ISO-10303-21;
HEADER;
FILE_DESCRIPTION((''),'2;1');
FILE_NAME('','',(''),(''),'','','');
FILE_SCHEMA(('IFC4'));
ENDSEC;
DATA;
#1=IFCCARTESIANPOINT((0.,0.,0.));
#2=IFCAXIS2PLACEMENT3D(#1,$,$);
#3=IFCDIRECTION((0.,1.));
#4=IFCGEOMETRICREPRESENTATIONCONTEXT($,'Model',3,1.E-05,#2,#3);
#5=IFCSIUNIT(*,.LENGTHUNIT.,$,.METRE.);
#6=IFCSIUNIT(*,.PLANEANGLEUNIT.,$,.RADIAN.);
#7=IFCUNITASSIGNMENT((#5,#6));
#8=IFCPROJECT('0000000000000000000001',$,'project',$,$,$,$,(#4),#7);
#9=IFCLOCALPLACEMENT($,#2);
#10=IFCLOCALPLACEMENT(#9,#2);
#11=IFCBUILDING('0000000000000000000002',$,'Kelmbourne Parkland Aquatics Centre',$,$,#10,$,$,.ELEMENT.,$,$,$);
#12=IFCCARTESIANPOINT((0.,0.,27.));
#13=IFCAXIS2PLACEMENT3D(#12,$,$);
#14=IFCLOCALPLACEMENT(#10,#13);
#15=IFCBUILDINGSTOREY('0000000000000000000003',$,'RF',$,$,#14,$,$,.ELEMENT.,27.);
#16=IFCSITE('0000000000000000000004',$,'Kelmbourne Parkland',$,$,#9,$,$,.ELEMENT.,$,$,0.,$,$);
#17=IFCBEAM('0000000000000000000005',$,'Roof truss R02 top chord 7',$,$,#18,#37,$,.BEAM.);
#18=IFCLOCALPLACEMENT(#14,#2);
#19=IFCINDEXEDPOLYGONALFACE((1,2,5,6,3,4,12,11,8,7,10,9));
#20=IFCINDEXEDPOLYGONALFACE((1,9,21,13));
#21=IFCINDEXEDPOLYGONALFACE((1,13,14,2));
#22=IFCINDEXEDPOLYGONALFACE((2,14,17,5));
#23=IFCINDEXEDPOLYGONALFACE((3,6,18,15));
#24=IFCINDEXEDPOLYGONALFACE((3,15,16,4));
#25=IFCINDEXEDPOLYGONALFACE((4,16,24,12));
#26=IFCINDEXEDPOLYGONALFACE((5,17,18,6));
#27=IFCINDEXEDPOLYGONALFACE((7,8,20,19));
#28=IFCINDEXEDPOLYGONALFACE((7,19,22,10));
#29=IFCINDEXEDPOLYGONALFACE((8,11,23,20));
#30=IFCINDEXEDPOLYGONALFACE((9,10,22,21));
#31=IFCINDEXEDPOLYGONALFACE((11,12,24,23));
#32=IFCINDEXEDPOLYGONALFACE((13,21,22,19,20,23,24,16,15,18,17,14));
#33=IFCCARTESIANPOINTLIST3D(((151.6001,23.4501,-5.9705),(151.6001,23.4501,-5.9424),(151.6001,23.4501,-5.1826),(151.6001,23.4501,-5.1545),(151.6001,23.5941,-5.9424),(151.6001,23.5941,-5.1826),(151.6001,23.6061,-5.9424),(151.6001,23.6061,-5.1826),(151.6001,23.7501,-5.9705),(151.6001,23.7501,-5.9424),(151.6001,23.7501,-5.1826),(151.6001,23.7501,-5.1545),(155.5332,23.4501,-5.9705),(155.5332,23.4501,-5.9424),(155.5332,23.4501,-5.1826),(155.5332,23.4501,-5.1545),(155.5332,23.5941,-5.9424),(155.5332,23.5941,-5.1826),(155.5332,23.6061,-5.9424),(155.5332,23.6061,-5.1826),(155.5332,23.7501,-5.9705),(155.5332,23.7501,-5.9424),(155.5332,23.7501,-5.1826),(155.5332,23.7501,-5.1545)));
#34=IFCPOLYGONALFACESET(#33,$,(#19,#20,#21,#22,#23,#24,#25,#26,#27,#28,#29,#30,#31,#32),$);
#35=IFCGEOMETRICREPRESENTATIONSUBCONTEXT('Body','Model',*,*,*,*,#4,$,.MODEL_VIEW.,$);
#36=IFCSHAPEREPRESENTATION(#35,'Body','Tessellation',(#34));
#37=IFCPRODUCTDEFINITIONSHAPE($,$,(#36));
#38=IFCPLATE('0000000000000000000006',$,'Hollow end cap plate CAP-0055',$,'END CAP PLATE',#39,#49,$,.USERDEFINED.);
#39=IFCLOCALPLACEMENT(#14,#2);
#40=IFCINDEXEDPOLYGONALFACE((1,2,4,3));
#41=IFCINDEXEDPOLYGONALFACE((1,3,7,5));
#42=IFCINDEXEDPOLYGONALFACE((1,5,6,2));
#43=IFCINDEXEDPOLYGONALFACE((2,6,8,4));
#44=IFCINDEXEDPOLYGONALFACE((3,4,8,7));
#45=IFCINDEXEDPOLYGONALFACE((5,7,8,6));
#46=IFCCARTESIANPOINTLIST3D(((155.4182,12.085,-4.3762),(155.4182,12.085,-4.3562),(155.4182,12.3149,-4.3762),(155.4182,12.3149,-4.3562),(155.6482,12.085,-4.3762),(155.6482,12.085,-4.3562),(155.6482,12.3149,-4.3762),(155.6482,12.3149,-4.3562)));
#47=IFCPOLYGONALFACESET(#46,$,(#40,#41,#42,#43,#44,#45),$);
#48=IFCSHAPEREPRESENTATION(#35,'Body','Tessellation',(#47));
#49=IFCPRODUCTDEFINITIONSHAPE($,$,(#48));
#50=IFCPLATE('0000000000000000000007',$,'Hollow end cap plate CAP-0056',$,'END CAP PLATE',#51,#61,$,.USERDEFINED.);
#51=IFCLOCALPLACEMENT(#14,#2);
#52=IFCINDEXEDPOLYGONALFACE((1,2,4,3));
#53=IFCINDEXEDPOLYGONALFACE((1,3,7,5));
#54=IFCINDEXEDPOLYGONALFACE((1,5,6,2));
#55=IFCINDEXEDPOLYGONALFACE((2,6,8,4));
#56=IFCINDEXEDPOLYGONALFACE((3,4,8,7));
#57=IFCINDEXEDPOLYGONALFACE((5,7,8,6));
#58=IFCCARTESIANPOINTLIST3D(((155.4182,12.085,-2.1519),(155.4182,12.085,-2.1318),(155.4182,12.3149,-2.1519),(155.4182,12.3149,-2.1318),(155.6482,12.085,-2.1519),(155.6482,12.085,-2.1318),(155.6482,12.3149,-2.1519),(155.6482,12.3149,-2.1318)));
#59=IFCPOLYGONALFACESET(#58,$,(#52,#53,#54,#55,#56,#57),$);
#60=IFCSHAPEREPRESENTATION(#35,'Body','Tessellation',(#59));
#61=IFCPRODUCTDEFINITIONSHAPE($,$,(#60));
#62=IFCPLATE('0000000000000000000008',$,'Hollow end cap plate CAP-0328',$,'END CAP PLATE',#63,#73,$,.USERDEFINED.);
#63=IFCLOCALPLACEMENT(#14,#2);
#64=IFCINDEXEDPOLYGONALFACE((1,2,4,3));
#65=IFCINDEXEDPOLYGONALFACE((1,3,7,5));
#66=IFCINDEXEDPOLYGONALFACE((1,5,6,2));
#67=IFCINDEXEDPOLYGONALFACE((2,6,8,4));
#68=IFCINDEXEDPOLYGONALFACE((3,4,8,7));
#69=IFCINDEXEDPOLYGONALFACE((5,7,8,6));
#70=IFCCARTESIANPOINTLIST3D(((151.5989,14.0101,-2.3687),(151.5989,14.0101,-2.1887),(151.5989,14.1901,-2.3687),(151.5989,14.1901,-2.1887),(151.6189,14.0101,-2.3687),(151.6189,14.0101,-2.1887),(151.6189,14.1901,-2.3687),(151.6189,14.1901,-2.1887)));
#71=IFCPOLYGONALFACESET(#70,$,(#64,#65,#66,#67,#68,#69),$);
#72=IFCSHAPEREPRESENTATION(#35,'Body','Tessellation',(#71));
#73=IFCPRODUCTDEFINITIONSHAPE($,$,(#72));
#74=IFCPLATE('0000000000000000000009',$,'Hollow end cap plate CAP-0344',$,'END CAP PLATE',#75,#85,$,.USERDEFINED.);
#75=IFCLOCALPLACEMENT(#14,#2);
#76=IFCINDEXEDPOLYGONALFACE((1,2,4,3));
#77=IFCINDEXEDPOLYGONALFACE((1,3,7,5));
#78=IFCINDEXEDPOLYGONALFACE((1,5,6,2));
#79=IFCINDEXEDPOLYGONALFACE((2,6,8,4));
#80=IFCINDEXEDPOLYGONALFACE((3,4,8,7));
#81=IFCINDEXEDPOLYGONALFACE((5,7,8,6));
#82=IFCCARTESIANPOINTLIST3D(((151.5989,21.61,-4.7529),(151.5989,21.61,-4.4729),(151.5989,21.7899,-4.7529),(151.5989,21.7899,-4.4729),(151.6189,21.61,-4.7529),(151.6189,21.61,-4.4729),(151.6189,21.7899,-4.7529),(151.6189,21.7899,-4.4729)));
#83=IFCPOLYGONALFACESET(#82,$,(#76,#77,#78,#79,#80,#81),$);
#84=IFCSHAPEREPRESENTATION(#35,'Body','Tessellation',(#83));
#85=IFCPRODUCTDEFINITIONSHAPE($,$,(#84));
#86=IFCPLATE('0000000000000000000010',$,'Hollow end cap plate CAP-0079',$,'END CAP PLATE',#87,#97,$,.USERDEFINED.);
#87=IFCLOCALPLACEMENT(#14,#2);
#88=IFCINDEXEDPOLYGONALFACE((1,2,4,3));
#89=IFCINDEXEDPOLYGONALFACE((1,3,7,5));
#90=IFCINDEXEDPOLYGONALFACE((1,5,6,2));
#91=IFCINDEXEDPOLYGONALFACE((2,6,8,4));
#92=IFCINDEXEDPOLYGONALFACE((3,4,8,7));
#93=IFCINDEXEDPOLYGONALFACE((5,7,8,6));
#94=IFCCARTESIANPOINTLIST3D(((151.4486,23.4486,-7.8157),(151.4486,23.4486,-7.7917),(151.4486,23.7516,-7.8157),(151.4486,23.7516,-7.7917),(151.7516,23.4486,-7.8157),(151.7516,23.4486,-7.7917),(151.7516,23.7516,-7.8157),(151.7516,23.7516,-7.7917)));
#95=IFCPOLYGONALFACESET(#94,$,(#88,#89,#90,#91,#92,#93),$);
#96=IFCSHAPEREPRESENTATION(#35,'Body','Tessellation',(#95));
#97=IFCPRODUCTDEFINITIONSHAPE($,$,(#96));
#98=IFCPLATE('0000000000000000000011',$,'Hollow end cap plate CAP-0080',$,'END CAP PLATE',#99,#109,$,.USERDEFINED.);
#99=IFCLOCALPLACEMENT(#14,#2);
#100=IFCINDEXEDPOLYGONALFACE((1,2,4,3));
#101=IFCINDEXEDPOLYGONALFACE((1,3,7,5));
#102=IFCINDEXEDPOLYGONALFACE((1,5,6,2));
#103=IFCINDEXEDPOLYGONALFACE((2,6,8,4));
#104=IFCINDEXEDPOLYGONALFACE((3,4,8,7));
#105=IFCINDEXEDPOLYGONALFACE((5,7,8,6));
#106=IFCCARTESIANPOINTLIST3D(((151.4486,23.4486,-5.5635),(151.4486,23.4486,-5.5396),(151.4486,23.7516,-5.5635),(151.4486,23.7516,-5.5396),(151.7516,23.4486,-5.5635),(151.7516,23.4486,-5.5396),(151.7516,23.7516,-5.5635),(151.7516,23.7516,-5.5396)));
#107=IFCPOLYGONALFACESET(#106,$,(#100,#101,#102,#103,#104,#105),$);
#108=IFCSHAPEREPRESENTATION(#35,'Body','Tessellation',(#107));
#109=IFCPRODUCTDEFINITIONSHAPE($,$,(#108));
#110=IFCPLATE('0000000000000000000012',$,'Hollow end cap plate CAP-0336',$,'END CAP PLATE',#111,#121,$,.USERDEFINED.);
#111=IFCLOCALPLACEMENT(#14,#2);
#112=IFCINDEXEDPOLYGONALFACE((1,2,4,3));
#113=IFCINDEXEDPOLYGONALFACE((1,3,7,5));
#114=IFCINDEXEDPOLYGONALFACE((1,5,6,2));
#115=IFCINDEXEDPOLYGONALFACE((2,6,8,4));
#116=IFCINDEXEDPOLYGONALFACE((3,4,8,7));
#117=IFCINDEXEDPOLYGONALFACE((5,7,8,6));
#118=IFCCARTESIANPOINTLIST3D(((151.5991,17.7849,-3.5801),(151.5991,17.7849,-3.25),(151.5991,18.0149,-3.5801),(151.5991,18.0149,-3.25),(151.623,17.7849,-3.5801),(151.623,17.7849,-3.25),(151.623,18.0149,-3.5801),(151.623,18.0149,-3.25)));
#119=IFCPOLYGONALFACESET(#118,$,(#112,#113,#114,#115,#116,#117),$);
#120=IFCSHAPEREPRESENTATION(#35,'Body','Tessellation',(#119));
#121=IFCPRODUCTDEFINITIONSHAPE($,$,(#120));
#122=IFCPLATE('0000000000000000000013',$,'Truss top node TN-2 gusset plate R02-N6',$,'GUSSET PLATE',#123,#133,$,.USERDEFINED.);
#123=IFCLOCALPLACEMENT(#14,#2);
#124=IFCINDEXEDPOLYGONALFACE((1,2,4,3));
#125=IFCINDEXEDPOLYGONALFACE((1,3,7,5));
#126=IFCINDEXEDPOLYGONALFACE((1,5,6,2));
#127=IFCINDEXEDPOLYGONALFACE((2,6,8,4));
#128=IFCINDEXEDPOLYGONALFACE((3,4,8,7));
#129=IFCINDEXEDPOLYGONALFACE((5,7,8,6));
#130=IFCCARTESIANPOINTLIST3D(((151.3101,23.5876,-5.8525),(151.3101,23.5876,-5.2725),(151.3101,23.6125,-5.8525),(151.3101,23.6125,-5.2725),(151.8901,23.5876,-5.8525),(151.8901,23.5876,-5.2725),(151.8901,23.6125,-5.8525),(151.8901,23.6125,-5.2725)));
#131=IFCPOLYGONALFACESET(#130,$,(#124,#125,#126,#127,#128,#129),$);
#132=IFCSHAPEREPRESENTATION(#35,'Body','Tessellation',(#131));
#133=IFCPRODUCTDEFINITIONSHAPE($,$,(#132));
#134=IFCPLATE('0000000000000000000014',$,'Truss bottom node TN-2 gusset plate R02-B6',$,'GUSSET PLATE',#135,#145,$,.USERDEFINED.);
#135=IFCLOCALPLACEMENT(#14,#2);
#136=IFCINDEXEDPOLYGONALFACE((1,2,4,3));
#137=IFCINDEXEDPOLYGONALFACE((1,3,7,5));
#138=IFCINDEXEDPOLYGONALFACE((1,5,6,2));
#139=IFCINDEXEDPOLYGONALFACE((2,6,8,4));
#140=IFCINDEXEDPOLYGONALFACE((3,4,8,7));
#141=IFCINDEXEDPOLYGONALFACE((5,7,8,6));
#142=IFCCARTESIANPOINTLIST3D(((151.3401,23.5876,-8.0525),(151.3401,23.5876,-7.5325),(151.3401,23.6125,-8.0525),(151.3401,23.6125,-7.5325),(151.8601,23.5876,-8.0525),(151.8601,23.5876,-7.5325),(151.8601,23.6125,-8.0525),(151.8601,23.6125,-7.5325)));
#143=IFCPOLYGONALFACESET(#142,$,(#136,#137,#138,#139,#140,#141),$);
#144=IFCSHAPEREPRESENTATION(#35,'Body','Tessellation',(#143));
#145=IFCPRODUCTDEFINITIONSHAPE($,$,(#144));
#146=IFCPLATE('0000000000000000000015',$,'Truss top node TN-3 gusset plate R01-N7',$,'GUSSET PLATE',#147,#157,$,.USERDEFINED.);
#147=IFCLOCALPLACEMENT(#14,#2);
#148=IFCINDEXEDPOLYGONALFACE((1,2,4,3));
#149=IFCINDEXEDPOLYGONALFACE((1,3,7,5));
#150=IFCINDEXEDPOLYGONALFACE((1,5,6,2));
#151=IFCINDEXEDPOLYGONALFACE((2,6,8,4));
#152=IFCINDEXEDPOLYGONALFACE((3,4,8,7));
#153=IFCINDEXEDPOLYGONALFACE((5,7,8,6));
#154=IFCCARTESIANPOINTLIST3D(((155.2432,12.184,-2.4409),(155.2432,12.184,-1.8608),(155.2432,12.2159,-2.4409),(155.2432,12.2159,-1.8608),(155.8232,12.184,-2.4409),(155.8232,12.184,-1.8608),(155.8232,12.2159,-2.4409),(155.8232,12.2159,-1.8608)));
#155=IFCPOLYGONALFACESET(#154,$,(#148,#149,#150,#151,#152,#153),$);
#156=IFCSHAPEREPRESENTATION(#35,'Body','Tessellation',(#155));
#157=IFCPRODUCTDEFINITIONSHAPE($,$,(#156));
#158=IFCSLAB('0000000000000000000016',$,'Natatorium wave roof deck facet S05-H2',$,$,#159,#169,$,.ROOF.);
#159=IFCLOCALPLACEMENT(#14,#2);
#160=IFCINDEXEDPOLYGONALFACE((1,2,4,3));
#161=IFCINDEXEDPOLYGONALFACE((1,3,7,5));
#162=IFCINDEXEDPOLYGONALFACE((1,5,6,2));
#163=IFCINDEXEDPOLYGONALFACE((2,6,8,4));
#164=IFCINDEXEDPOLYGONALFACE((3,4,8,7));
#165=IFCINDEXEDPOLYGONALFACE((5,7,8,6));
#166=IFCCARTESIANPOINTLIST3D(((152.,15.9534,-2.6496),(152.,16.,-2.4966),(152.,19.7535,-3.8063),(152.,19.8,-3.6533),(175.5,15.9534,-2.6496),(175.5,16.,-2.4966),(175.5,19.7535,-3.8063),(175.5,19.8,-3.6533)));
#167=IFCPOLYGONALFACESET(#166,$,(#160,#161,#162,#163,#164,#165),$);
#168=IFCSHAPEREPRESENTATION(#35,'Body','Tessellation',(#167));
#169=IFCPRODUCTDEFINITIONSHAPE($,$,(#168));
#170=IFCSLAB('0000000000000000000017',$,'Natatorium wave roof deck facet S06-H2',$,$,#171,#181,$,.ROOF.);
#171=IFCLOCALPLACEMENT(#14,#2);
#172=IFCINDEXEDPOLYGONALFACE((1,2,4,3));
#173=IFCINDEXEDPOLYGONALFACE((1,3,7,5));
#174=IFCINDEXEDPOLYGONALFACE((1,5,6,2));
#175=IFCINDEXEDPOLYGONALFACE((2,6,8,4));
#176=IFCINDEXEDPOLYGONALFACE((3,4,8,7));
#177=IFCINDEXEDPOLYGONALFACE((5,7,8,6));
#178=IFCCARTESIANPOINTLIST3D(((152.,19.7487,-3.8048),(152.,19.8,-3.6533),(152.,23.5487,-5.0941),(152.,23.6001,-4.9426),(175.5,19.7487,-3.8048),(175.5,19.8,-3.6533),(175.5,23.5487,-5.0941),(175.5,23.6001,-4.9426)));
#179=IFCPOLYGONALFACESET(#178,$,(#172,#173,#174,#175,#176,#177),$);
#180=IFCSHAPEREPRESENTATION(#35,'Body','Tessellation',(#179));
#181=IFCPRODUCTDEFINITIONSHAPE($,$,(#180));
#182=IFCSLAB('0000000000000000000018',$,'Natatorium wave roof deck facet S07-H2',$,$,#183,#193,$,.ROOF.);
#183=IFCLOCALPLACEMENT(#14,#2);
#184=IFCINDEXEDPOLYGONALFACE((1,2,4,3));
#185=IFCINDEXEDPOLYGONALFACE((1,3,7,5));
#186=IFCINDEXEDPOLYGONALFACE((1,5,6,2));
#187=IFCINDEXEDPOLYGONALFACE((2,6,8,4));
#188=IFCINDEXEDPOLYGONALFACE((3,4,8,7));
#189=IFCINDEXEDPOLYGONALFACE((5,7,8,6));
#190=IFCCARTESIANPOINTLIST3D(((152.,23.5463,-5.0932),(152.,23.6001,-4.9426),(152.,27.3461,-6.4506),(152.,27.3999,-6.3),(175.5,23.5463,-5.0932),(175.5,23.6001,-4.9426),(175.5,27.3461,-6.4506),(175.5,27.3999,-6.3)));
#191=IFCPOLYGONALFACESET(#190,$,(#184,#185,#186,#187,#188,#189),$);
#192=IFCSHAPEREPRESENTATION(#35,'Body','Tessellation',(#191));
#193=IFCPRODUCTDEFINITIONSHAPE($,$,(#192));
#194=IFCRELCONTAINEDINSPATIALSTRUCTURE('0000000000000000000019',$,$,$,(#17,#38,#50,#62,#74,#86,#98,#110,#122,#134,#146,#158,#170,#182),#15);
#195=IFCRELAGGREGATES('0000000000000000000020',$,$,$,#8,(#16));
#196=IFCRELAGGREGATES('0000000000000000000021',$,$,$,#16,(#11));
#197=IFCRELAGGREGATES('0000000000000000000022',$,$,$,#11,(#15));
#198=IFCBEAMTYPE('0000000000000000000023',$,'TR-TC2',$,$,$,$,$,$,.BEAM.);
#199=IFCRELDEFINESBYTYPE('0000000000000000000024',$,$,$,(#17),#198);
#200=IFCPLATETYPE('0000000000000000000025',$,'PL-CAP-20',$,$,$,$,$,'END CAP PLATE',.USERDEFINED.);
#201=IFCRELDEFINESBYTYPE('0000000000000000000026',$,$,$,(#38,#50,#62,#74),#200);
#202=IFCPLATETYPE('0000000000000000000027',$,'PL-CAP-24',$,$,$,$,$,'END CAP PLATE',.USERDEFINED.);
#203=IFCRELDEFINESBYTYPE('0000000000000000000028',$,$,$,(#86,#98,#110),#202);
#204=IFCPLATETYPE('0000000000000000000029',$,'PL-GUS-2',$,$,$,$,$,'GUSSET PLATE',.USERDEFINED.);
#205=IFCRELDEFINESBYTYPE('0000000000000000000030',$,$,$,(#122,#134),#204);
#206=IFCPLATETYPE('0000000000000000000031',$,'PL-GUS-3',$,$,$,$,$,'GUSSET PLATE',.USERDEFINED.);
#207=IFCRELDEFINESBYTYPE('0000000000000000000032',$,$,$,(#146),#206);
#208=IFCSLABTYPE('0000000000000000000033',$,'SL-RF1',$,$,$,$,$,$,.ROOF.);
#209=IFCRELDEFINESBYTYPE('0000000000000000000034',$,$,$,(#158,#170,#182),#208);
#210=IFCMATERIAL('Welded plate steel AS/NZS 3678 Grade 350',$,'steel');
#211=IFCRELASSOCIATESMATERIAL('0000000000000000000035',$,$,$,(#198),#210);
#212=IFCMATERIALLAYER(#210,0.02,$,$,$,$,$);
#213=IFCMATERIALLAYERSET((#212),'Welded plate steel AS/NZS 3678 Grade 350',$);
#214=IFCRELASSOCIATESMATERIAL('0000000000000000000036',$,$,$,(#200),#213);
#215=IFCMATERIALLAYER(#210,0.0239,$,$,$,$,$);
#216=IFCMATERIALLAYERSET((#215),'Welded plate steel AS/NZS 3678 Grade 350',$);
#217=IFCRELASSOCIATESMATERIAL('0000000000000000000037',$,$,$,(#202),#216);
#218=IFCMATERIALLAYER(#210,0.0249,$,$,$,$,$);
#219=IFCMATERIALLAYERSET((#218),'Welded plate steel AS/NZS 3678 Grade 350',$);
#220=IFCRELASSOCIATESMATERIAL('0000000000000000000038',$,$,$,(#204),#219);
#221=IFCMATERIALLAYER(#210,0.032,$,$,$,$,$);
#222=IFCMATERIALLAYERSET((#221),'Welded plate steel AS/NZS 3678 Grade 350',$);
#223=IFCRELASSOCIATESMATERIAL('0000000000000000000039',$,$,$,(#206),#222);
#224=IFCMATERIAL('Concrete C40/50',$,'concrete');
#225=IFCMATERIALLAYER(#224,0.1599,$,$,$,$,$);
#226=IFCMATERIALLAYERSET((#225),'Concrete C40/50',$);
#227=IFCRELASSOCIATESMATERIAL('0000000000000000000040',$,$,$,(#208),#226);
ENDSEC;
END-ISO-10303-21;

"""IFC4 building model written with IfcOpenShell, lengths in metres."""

from ifc_helpers import new_model, si_unit, direction, frame, origin, origin_2d, place, context, subcontext, project, spatial, polyline, rectangle, i_section, outline, extrude, material, layer, layer_set, material_profile, profile_set, type_object, element, save


model = new_model("IFC4")

# Units and contexts
model_context = context("Model", 3, precision=1e-05, world=origin(), true_north=direction((0.0, 1.0)))
body_context = subcontext(model_context, "Body", "Model", "MODEL_VIEW")
ifc_project = project(units=[si_unit("LENGTHUNIT", "METRE"), si_unit("PLANEANGLEUNIT", "RADIAN")], contexts=[model_context])

# Site, building, storey
site_placement = place(None, origin())
site = spatial("IfcSite", under=ifc_project, at=site_placement, Name="Kelmbourne Parkland", CompositionType="ELEMENT", RefElevation=0.0)
building_placement = place(site_placement, origin())
building = spatial("IfcBuilding", under=site, at=building_placement, Name="Kelmbourne Parkland Aquatics Centre", CompositionType="ELEMENT")
storey_placement = place(building_placement, frame((0.0, 0.0, 27.0)))
storey = spatial("IfcBuildingStorey", under=building, at=storey_placement, Name="RF", CompositionType="ELEMENT", Elevation=27.0)

# Beam
ifc_material_1 = material(Name="Welded plate steel AS/NZS 3678 Grade 350", Category="steel")
ifc_material_profile_1 = material_profile(ifc_material_1, i_section(OverallWidth=0.3, OverallDepth=0.8159, WebThickness=0.012, FlangeThickness=0.0281, at=origin_2d()), Name="800WB192")
ifc_profile_set_1 = profile_set([ifc_material_profile_1], Name="Welded plate steel AS/NZS 3678 Grade 350")
beam_type_1 = type_object("IfcBeamType", Name="TR-TC2", PredefinedType="BEAM", material=ifc_profile_set_1)
beam_1_placement = place(storey_placement, frame((151.6001, 23.6001, -5.5625), z_axis=(1.0, 0.0, 0.0), x_axis=(0.0, 1.0, 0.0)))
element("IfcBeam", 1, at=beam_1_placement, inside=storey, type_object=beam_type_1, Name="Roof truss R02 top chord 7", PredefinedType="BEAM", context=body_context, shape_type="SweptSolid", body=[
    extrude(i_section(OverallWidth=0.3, OverallDepth=0.8159, WebThickness=0.012, FlangeThickness=0.0281, at=origin_2d()), origin(), (0.0, 0.0, 1.0), 3.9331),
])

# Plates
ifc_layer_1 = layer(ifc_material_1, 0.02)
ifc_layer_set_1 = layer_set([ifc_layer_1], Name="Welded plate steel AS/NZS 3678 Grade 350")
plate_type_1 = type_object("IfcPlateType", Name="PL-CAP-20", ElementType="END CAP PLATE", PredefinedType="USERDEFINED", material=ifc_layer_set_1)
for number, where, z_axis, x_axis, name in (
    (2, (155.5332, 12.2, -4.3762), (0.0, 0.0, 1.0), (1.0, 0.0, 0.0), "Hollow end cap plate CAP-0055"),
    (3, (155.5332, 12.2, -2.1519), (0.0, 0.0, 1.0), (1.0, 0.0, 0.0), "Hollow end cap plate CAP-0056"),
):
    element("IfcPlate", number, at=place(storey_placement, frame(where, z_axis=z_axis, x_axis=x_axis)), inside=storey, type_object=plate_type_1, Name=name, ObjectType="END CAP PLATE", PredefinedType="USERDEFINED", context=body_context, shape_type="SweptSolid", body=[
        extrude(rectangle(XDim=0.23, YDim=0.23, at=origin_2d()), origin(), (0.0, 0.0, 1.0), 0.02),
    ])
plate_1_placement = place(storey_placement, frame((151.6089, 14.1001, -2.3687), z_axis=(0.0, 0.0, 1.0), x_axis=(1.0, 0.0, 0.0)))
element("IfcPlate", 4, at=plate_1_placement, inside=storey, type_object=plate_type_1, Name="Hollow end cap plate CAP-0328", ObjectType="END CAP PLATE", PredefinedType="USERDEFINED", context=body_context, shape_type="SweptSolid", body=[
    extrude(rectangle(XDim=0.02, YDim=0.1799, at=origin_2d()), origin(), (0.0, 0.0, 1.0), 0.1799),
])
plate_2_placement = place(storey_placement, frame((151.6089, 21.7, -4.7529), z_axis=(0.0, 0.0, 1.0), x_axis=(1.0, 0.0, 0.0)))
element("IfcPlate", 5, at=plate_2_placement, inside=storey, type_object=plate_type_1, Name="Hollow end cap plate CAP-0344", ObjectType="END CAP PLATE", PredefinedType="USERDEFINED", context=body_context, shape_type="SweptSolid", body=[
    extrude(rectangle(XDim=0.02, YDim=0.1799, at=origin_2d()), origin(), (0.0, 0.0, 1.0), 0.28),
])
ifc_layer_2 = layer(ifc_material_1, 0.0239)
ifc_layer_set_2 = layer_set([ifc_layer_2], Name="Welded plate steel AS/NZS 3678 Grade 350")
plate_type_2 = type_object("IfcPlateType", Name="PL-CAP-24", ElementType="END CAP PLATE", PredefinedType="USERDEFINED", material=ifc_layer_set_2)
for number, where, z_axis, x_axis, name in (
    (6, (151.6001, 23.6001, -7.8157), (0.0, 0.0, 1.0), (1.0, 0.0, 0.0), "Hollow end cap plate CAP-0079"),
    (7, (151.6001, 23.6001, -5.5635), (0.0, 0.0, 1.0), (1.0, 0.0, 0.0), "Hollow end cap plate CAP-0080"),
):
    element("IfcPlate", number, at=place(storey_placement, frame(where, z_axis=z_axis, x_axis=x_axis)), inside=storey, type_object=plate_type_2, Name=name, ObjectType="END CAP PLATE", PredefinedType="USERDEFINED", context=body_context, shape_type="SweptSolid", body=[
        extrude(rectangle(XDim=0.303, YDim=0.303, at=origin_2d()), origin(), (0.0, 0.0, 1.0), 0.0239),
    ])
plate_3_placement = place(storey_placement, frame((151.6111, 17.8999, -3.5801), z_axis=(0.0, 0.0, 1.0), x_axis=(1.0, 0.0, 0.0)))
element("IfcPlate", 8, at=plate_3_placement, inside=storey, type_object=plate_type_2, Name="Hollow end cap plate CAP-0336", ObjectType="END CAP PLATE", PredefinedType="USERDEFINED", context=body_context, shape_type="SweptSolid", body=[
    extrude(rectangle(XDim=0.0239, YDim=0.23, at=origin_2d()), origin(), (0.0, 0.0, 1.0), 0.3301),
])
ifc_layer_3 = layer(ifc_material_1, 0.0249)
ifc_layer_set_3 = layer_set([ifc_layer_3], Name="Welded plate steel AS/NZS 3678 Grade 350")
plate_type_3 = type_object("IfcPlateType", Name="PL-GUS-2", ElementType="GUSSET PLATE", PredefinedType="USERDEFINED", material=ifc_layer_set_3)
plate_4_placement = place(storey_placement, frame((151.6001, 23.6001, -5.8525), z_axis=(0.0, 0.0, 1.0), x_axis=(1.0, 0.0, 0.0)))
element("IfcPlate", 9, at=plate_4_placement, inside=storey, type_object=plate_type_3, Name="Truss top node TN-2 gusset plate R02-N6", ObjectType="GUSSET PLATE", PredefinedType="USERDEFINED", context=body_context, shape_type="SweptSolid", body=[
    extrude(rectangle(XDim=0.5801, YDim=0.0249, at=origin_2d()), origin(), (0.0, 0.0, 1.0), 0.5801),
])
plate_5_placement = place(storey_placement, frame((151.6001, 23.6001, -8.0525), z_axis=(0.0, 0.0, 1.0), x_axis=(1.0, 0.0, 0.0)))
element("IfcPlate", 10, at=plate_5_placement, inside=storey, type_object=plate_type_3, Name="Truss bottom node TN-2 gusset plate R02-B6", ObjectType="GUSSET PLATE", PredefinedType="USERDEFINED", context=body_context, shape_type="SweptSolid", body=[
    extrude(rectangle(XDim=0.52, YDim=0.0249, at=origin_2d()), origin(), (0.0, 0.0, 1.0), 0.52),
])
ifc_layer_4 = layer(ifc_material_1, 0.032)
ifc_layer_set_4 = layer_set([ifc_layer_4], Name="Welded plate steel AS/NZS 3678 Grade 350")
plate_type_4 = type_object("IfcPlateType", Name="PL-GUS-3", ElementType="GUSSET PLATE", PredefinedType="USERDEFINED", material=ifc_layer_set_4)
plate_6_placement = place(storey_placement, frame((155.5332, 12.2, -2.4409), z_axis=(0.0, 0.0, 1.0), x_axis=(1.0, 0.0, 0.0)))
element("IfcPlate", 11, at=plate_6_placement, inside=storey, type_object=plate_type_4, Name="Truss top node TN-3 gusset plate R01-N7", ObjectType="GUSSET PLATE", PredefinedType="USERDEFINED", context=body_context, shape_type="SweptSolid", body=[
    extrude(rectangle(XDim=0.5801, YDim=0.032, at=origin_2d()), origin(), (0.0, 0.0, 1.0), 0.5801),
])

# Slabs
ifc_material_2 = material(Name="Concrete C40/50", Category="concrete")
ifc_layer_5 = layer(ifc_material_2, 0.1599)
ifc_layer_set_5 = layer_set([ifc_layer_5], Name="Concrete C40/50")
slab_type = type_object("IfcSlabType", Name="SL-RF1", PredefinedType="ROOF", material=ifc_layer_set_5)
slab_1_placement = place(storey_placement, frame((152.0, 16.0, -2.4966), z_axis=(0.0, 0.291208, 0.95666), x_axis=(1.0, 0.0, 0.0)))
element("IfcSlab", 12, at=slab_1_placement, inside=storey, type_object=slab_type, Name="Natatorium wave roof deck facet S05-H2", PredefinedType="ROOF", context=body_context, shape_type="SweptSolid", body=[
    extrude(outline(polyline([(0.0, 0.0), (23.5, 0.0), (23.5, 3.9722), (0.0, 3.9722), (0.0, 0.0)])), origin(), (0.0, 0.0, -1.0), 0.1599),
])
slab_2_placement = place(storey_placement, frame((152.0, 19.8, -3.6533), z_axis=(0.0, 0.321297, 0.946978), x_axis=(1.0, 0.0, 0.0)))
element("IfcSlab", 13, at=slab_2_placement, inside=storey, type_object=slab_type, Name="Natatorium wave roof deck facet S06-H2", PredefinedType="ROOF", context=body_context, shape_type="SweptSolid", body=[
    extrude(outline(polyline([(0.0, 0.0), (23.5, 0.0), (23.5, 4.0128), (0.0, 4.0128), (0.0, 0.0)])), origin(), (0.0, 0.0, -1.0), 0.1599),
])
slab_3_placement = place(storey_placement, frame((152.0, 23.6001, -4.9426), z_axis=(0.0, 0.336413, 0.941715), x_axis=(1.0, 0.0, 0.0)))
element("IfcSlab", 14, at=slab_3_placement, inside=storey, type_object=slab_type, Name="Natatorium wave roof deck facet S07-H2", PredefinedType="ROOF", context=body_context, shape_type="SweptSolid", body=[
    extrude(outline(polyline([(0.0, 0.0), (23.5, 0.0), (23.5, 4.035), (0.0, 4.035), (0.0, 0.0)])), origin(), (0.0, 0.0, -1.0), 0.1599),
])

save(model, "model.ifc")
